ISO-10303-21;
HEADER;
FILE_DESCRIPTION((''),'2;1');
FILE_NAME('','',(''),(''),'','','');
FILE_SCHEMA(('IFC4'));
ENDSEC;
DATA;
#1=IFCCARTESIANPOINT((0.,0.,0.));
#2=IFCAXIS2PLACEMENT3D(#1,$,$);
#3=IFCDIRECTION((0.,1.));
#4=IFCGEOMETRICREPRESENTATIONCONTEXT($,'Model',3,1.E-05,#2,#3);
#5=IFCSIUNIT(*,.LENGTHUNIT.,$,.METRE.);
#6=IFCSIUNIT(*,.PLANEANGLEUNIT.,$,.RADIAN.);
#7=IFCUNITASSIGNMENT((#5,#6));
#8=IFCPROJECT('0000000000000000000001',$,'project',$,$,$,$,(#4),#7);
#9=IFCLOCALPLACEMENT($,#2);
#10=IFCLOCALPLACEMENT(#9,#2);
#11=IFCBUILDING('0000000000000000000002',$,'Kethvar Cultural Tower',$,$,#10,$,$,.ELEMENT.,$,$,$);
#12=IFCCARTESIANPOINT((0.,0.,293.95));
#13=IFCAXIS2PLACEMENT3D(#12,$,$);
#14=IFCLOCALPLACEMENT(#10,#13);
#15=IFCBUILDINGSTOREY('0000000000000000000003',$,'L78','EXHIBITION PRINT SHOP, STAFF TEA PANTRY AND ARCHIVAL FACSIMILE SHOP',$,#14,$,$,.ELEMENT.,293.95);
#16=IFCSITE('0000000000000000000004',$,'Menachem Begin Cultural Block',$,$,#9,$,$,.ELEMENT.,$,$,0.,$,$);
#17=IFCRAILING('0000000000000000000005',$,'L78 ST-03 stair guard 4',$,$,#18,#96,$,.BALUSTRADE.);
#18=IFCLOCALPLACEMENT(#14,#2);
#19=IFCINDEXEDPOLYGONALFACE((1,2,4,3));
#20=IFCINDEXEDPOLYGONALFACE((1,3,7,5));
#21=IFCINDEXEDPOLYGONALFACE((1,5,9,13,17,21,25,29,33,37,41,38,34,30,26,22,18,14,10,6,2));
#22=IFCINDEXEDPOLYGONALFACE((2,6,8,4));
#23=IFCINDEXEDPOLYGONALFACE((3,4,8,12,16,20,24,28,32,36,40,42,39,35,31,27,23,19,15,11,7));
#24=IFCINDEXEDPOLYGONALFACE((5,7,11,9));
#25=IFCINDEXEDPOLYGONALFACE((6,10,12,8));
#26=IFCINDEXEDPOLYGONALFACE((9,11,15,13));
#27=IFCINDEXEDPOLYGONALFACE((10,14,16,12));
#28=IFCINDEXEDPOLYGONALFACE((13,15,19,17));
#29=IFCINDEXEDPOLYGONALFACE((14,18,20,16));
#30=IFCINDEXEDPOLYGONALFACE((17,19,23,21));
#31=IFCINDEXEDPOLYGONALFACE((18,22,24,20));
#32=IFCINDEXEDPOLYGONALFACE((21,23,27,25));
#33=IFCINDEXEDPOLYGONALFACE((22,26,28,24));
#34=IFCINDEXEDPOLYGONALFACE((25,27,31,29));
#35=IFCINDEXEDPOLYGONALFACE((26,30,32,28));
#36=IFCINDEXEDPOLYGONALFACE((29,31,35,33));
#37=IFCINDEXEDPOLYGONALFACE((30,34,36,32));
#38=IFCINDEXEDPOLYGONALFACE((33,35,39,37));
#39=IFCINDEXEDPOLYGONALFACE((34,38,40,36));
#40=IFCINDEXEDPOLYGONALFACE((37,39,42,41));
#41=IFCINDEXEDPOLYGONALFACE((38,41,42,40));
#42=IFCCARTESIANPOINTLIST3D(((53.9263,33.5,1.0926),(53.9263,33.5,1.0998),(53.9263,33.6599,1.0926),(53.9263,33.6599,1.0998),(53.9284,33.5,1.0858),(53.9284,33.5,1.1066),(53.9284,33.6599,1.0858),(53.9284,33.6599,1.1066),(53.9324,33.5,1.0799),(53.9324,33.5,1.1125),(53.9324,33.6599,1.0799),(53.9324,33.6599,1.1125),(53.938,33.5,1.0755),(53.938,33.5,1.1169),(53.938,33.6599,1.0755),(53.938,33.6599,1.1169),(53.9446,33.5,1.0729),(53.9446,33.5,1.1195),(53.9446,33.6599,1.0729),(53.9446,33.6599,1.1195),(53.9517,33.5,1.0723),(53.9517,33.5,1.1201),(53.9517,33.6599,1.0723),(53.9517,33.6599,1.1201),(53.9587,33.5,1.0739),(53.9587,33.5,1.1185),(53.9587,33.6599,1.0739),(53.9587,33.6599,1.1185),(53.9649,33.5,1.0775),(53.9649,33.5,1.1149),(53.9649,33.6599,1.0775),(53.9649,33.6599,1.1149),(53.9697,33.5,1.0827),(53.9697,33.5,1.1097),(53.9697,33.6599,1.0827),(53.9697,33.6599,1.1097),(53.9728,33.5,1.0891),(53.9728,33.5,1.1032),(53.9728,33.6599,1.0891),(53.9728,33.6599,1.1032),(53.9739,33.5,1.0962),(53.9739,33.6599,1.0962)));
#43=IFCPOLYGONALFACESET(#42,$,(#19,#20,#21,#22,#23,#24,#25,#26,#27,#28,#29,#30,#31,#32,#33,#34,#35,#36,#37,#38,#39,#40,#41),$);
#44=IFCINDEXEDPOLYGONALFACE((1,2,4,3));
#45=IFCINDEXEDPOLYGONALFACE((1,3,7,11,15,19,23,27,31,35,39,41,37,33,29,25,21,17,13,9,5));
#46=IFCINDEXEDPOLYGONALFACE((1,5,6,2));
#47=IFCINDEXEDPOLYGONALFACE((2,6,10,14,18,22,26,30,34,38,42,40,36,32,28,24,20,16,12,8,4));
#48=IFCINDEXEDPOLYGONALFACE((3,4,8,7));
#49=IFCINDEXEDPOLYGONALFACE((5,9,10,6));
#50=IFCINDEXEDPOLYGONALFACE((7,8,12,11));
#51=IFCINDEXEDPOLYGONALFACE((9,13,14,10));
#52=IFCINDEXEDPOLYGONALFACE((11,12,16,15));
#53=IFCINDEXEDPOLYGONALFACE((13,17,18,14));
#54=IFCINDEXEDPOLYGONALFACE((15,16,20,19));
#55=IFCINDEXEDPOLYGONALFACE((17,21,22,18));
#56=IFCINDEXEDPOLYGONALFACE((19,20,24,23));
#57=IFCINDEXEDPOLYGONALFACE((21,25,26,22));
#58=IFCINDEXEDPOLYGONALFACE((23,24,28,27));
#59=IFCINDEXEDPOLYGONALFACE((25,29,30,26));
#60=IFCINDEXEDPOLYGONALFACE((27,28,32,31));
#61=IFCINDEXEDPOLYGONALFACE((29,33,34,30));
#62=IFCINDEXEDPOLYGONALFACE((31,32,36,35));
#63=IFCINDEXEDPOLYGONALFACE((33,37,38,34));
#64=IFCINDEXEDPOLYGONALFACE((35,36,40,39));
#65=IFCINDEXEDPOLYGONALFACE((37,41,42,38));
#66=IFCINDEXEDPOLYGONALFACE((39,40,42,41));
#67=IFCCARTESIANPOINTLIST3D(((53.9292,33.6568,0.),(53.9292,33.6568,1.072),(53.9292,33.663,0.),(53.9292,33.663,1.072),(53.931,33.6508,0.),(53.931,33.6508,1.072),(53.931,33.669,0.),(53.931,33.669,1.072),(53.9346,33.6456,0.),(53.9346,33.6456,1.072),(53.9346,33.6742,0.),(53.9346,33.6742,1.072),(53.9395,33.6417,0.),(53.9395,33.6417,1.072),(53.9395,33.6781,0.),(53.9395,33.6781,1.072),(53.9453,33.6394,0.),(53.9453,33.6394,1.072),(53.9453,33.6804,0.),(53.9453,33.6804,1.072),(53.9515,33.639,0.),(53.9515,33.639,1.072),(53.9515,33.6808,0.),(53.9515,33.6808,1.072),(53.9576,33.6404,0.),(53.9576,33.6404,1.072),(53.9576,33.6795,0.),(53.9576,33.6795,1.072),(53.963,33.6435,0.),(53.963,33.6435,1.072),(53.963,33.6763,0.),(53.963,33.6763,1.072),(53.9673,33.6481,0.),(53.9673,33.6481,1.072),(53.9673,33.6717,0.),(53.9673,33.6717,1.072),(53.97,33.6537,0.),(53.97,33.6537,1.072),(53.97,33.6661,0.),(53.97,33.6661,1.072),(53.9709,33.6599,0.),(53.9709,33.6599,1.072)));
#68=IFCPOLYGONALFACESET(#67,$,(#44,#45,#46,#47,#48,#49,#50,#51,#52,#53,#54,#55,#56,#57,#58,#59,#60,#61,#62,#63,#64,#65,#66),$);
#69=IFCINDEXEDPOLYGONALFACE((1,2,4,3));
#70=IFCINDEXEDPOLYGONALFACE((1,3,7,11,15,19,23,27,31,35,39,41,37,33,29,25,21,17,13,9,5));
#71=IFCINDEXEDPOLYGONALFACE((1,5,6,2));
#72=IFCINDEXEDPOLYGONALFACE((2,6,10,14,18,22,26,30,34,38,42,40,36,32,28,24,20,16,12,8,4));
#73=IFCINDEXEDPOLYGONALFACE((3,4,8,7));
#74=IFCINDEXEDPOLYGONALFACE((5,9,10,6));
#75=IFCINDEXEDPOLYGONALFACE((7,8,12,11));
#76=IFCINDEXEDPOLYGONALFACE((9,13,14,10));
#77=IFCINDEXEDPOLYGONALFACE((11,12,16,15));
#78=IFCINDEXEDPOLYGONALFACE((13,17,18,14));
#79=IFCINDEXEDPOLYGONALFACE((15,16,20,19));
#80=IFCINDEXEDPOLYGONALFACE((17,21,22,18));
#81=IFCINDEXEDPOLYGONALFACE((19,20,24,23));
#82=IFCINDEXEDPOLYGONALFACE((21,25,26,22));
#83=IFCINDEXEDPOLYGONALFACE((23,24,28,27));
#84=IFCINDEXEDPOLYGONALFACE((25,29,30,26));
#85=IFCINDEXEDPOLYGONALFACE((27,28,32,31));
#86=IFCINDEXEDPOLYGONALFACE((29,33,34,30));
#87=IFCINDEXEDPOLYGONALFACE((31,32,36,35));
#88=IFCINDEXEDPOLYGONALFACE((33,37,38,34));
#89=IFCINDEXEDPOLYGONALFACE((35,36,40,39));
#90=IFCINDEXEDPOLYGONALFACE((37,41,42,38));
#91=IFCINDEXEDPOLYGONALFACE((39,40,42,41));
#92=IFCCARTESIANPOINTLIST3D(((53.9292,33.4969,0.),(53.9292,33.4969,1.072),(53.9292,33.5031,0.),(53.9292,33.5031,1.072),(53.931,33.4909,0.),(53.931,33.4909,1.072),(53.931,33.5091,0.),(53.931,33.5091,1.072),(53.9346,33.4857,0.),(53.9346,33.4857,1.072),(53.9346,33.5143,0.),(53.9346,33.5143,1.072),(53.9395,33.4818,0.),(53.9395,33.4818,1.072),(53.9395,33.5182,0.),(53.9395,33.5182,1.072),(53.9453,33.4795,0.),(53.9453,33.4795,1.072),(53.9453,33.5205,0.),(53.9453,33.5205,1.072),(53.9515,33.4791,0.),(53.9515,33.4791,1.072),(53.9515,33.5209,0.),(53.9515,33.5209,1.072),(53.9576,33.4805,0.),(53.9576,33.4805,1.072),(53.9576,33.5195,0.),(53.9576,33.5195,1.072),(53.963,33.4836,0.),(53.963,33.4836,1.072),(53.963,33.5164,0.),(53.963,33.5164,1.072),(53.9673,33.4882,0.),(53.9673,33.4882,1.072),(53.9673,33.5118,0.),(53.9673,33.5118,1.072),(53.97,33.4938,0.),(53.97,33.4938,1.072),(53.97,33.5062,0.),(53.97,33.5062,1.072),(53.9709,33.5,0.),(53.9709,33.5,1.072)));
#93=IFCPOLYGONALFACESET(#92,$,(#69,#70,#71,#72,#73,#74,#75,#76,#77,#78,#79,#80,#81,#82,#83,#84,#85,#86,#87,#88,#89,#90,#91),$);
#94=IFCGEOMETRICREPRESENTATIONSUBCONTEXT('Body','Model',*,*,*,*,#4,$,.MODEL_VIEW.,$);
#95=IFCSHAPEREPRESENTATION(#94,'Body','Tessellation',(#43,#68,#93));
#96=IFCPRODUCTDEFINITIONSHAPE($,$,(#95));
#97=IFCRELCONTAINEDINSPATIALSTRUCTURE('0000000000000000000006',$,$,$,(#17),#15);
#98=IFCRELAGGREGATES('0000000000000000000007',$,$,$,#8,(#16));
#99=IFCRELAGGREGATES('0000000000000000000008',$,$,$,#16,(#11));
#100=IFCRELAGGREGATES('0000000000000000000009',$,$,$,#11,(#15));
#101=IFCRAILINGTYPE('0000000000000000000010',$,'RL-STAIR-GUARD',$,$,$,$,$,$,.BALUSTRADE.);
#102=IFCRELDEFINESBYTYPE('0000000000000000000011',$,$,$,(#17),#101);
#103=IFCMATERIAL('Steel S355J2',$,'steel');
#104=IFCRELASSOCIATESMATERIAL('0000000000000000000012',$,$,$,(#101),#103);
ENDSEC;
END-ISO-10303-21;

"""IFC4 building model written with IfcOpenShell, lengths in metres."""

from ifc_helpers import new_model, si_unit, direction, frame, origin, origin_2d, place, context, subcontext, project, spatial, circle, extrude, material, type_object, element, save


model = new_model("IFC4")

# Units and contexts
model_context = context("Model", 3, precision=1e-05, world=origin(), true_north=direction((0.0, 1.0)))
body_context = subcontext(model_context, "Body", "Model", "MODEL_VIEW")
ifc_project = project(units=[si_unit("LENGTHUNIT", "METRE"), si_unit("PLANEANGLEUNIT", "RADIAN")], contexts=[model_context])

# Site, building, storey
site_placement = place(None, origin())
site = spatial("IfcSite", under=ifc_project, at=site_placement, Name="Menachem Begin Cultural Block", CompositionType="ELEMENT", RefElevation=0.0)
building_placement = place(site_placement, origin())
building = spatial("IfcBuilding", under=site, at=building_placement, Name="Kethvar Cultural Tower", CompositionType="ELEMENT")
storey_placement = place(building_placement, frame((0.0, 0.0, 293.95)))
storey = spatial("IfcBuildingStorey", under=building, at=storey_placement, Name="L78", Description="EXHIBITION PRINT SHOP, STAFF TEA PANTRY AND ARCHIVAL FACSIMILE SHOP", CompositionType="ELEMENT", Elevation=293.95)

# Shared definitions
ifc_material_1 = material(Name="Steel S355J2", Category="steel")

# Railing
railing_type_1 = type_object("IfcRailingType", Name="RL-STAIR-GUARD", PredefinedType="BALUSTRADE", material=ifc_material_1)
railing_1_placement = place(storey_placement, frame((53.95, 33.6599, 0.0)))
element("IfcRailing", 1, at=railing_1_placement, inside=storey, type_object=railing_type_1, Name="L78 ST-03 stair guard 4", PredefinedType="BALUSTRADE", context=body_context, shape_type="SweptSolid", body=[
    extrude(circle(Radius=0.0239, at=origin_2d()), frame((0.0, 0.0, 1.0962), z_axis=(0.0, -1.0, 0.0), x_axis=(1.0, 0.0, 0.0)), (0.0, 0.0, 1.0), 0.1599),
    extrude(circle(Radius=0.021, at=origin_2d()), origin(), (0.0, 0.0, 1.0), 1.072),
    extrude(circle(Radius=0.021, at=origin_2d()), frame((0.0, -0.1599, 0.0)), (0.0, 0.0, 1.0), 1.072),
])

save(model, "model.ifc")
